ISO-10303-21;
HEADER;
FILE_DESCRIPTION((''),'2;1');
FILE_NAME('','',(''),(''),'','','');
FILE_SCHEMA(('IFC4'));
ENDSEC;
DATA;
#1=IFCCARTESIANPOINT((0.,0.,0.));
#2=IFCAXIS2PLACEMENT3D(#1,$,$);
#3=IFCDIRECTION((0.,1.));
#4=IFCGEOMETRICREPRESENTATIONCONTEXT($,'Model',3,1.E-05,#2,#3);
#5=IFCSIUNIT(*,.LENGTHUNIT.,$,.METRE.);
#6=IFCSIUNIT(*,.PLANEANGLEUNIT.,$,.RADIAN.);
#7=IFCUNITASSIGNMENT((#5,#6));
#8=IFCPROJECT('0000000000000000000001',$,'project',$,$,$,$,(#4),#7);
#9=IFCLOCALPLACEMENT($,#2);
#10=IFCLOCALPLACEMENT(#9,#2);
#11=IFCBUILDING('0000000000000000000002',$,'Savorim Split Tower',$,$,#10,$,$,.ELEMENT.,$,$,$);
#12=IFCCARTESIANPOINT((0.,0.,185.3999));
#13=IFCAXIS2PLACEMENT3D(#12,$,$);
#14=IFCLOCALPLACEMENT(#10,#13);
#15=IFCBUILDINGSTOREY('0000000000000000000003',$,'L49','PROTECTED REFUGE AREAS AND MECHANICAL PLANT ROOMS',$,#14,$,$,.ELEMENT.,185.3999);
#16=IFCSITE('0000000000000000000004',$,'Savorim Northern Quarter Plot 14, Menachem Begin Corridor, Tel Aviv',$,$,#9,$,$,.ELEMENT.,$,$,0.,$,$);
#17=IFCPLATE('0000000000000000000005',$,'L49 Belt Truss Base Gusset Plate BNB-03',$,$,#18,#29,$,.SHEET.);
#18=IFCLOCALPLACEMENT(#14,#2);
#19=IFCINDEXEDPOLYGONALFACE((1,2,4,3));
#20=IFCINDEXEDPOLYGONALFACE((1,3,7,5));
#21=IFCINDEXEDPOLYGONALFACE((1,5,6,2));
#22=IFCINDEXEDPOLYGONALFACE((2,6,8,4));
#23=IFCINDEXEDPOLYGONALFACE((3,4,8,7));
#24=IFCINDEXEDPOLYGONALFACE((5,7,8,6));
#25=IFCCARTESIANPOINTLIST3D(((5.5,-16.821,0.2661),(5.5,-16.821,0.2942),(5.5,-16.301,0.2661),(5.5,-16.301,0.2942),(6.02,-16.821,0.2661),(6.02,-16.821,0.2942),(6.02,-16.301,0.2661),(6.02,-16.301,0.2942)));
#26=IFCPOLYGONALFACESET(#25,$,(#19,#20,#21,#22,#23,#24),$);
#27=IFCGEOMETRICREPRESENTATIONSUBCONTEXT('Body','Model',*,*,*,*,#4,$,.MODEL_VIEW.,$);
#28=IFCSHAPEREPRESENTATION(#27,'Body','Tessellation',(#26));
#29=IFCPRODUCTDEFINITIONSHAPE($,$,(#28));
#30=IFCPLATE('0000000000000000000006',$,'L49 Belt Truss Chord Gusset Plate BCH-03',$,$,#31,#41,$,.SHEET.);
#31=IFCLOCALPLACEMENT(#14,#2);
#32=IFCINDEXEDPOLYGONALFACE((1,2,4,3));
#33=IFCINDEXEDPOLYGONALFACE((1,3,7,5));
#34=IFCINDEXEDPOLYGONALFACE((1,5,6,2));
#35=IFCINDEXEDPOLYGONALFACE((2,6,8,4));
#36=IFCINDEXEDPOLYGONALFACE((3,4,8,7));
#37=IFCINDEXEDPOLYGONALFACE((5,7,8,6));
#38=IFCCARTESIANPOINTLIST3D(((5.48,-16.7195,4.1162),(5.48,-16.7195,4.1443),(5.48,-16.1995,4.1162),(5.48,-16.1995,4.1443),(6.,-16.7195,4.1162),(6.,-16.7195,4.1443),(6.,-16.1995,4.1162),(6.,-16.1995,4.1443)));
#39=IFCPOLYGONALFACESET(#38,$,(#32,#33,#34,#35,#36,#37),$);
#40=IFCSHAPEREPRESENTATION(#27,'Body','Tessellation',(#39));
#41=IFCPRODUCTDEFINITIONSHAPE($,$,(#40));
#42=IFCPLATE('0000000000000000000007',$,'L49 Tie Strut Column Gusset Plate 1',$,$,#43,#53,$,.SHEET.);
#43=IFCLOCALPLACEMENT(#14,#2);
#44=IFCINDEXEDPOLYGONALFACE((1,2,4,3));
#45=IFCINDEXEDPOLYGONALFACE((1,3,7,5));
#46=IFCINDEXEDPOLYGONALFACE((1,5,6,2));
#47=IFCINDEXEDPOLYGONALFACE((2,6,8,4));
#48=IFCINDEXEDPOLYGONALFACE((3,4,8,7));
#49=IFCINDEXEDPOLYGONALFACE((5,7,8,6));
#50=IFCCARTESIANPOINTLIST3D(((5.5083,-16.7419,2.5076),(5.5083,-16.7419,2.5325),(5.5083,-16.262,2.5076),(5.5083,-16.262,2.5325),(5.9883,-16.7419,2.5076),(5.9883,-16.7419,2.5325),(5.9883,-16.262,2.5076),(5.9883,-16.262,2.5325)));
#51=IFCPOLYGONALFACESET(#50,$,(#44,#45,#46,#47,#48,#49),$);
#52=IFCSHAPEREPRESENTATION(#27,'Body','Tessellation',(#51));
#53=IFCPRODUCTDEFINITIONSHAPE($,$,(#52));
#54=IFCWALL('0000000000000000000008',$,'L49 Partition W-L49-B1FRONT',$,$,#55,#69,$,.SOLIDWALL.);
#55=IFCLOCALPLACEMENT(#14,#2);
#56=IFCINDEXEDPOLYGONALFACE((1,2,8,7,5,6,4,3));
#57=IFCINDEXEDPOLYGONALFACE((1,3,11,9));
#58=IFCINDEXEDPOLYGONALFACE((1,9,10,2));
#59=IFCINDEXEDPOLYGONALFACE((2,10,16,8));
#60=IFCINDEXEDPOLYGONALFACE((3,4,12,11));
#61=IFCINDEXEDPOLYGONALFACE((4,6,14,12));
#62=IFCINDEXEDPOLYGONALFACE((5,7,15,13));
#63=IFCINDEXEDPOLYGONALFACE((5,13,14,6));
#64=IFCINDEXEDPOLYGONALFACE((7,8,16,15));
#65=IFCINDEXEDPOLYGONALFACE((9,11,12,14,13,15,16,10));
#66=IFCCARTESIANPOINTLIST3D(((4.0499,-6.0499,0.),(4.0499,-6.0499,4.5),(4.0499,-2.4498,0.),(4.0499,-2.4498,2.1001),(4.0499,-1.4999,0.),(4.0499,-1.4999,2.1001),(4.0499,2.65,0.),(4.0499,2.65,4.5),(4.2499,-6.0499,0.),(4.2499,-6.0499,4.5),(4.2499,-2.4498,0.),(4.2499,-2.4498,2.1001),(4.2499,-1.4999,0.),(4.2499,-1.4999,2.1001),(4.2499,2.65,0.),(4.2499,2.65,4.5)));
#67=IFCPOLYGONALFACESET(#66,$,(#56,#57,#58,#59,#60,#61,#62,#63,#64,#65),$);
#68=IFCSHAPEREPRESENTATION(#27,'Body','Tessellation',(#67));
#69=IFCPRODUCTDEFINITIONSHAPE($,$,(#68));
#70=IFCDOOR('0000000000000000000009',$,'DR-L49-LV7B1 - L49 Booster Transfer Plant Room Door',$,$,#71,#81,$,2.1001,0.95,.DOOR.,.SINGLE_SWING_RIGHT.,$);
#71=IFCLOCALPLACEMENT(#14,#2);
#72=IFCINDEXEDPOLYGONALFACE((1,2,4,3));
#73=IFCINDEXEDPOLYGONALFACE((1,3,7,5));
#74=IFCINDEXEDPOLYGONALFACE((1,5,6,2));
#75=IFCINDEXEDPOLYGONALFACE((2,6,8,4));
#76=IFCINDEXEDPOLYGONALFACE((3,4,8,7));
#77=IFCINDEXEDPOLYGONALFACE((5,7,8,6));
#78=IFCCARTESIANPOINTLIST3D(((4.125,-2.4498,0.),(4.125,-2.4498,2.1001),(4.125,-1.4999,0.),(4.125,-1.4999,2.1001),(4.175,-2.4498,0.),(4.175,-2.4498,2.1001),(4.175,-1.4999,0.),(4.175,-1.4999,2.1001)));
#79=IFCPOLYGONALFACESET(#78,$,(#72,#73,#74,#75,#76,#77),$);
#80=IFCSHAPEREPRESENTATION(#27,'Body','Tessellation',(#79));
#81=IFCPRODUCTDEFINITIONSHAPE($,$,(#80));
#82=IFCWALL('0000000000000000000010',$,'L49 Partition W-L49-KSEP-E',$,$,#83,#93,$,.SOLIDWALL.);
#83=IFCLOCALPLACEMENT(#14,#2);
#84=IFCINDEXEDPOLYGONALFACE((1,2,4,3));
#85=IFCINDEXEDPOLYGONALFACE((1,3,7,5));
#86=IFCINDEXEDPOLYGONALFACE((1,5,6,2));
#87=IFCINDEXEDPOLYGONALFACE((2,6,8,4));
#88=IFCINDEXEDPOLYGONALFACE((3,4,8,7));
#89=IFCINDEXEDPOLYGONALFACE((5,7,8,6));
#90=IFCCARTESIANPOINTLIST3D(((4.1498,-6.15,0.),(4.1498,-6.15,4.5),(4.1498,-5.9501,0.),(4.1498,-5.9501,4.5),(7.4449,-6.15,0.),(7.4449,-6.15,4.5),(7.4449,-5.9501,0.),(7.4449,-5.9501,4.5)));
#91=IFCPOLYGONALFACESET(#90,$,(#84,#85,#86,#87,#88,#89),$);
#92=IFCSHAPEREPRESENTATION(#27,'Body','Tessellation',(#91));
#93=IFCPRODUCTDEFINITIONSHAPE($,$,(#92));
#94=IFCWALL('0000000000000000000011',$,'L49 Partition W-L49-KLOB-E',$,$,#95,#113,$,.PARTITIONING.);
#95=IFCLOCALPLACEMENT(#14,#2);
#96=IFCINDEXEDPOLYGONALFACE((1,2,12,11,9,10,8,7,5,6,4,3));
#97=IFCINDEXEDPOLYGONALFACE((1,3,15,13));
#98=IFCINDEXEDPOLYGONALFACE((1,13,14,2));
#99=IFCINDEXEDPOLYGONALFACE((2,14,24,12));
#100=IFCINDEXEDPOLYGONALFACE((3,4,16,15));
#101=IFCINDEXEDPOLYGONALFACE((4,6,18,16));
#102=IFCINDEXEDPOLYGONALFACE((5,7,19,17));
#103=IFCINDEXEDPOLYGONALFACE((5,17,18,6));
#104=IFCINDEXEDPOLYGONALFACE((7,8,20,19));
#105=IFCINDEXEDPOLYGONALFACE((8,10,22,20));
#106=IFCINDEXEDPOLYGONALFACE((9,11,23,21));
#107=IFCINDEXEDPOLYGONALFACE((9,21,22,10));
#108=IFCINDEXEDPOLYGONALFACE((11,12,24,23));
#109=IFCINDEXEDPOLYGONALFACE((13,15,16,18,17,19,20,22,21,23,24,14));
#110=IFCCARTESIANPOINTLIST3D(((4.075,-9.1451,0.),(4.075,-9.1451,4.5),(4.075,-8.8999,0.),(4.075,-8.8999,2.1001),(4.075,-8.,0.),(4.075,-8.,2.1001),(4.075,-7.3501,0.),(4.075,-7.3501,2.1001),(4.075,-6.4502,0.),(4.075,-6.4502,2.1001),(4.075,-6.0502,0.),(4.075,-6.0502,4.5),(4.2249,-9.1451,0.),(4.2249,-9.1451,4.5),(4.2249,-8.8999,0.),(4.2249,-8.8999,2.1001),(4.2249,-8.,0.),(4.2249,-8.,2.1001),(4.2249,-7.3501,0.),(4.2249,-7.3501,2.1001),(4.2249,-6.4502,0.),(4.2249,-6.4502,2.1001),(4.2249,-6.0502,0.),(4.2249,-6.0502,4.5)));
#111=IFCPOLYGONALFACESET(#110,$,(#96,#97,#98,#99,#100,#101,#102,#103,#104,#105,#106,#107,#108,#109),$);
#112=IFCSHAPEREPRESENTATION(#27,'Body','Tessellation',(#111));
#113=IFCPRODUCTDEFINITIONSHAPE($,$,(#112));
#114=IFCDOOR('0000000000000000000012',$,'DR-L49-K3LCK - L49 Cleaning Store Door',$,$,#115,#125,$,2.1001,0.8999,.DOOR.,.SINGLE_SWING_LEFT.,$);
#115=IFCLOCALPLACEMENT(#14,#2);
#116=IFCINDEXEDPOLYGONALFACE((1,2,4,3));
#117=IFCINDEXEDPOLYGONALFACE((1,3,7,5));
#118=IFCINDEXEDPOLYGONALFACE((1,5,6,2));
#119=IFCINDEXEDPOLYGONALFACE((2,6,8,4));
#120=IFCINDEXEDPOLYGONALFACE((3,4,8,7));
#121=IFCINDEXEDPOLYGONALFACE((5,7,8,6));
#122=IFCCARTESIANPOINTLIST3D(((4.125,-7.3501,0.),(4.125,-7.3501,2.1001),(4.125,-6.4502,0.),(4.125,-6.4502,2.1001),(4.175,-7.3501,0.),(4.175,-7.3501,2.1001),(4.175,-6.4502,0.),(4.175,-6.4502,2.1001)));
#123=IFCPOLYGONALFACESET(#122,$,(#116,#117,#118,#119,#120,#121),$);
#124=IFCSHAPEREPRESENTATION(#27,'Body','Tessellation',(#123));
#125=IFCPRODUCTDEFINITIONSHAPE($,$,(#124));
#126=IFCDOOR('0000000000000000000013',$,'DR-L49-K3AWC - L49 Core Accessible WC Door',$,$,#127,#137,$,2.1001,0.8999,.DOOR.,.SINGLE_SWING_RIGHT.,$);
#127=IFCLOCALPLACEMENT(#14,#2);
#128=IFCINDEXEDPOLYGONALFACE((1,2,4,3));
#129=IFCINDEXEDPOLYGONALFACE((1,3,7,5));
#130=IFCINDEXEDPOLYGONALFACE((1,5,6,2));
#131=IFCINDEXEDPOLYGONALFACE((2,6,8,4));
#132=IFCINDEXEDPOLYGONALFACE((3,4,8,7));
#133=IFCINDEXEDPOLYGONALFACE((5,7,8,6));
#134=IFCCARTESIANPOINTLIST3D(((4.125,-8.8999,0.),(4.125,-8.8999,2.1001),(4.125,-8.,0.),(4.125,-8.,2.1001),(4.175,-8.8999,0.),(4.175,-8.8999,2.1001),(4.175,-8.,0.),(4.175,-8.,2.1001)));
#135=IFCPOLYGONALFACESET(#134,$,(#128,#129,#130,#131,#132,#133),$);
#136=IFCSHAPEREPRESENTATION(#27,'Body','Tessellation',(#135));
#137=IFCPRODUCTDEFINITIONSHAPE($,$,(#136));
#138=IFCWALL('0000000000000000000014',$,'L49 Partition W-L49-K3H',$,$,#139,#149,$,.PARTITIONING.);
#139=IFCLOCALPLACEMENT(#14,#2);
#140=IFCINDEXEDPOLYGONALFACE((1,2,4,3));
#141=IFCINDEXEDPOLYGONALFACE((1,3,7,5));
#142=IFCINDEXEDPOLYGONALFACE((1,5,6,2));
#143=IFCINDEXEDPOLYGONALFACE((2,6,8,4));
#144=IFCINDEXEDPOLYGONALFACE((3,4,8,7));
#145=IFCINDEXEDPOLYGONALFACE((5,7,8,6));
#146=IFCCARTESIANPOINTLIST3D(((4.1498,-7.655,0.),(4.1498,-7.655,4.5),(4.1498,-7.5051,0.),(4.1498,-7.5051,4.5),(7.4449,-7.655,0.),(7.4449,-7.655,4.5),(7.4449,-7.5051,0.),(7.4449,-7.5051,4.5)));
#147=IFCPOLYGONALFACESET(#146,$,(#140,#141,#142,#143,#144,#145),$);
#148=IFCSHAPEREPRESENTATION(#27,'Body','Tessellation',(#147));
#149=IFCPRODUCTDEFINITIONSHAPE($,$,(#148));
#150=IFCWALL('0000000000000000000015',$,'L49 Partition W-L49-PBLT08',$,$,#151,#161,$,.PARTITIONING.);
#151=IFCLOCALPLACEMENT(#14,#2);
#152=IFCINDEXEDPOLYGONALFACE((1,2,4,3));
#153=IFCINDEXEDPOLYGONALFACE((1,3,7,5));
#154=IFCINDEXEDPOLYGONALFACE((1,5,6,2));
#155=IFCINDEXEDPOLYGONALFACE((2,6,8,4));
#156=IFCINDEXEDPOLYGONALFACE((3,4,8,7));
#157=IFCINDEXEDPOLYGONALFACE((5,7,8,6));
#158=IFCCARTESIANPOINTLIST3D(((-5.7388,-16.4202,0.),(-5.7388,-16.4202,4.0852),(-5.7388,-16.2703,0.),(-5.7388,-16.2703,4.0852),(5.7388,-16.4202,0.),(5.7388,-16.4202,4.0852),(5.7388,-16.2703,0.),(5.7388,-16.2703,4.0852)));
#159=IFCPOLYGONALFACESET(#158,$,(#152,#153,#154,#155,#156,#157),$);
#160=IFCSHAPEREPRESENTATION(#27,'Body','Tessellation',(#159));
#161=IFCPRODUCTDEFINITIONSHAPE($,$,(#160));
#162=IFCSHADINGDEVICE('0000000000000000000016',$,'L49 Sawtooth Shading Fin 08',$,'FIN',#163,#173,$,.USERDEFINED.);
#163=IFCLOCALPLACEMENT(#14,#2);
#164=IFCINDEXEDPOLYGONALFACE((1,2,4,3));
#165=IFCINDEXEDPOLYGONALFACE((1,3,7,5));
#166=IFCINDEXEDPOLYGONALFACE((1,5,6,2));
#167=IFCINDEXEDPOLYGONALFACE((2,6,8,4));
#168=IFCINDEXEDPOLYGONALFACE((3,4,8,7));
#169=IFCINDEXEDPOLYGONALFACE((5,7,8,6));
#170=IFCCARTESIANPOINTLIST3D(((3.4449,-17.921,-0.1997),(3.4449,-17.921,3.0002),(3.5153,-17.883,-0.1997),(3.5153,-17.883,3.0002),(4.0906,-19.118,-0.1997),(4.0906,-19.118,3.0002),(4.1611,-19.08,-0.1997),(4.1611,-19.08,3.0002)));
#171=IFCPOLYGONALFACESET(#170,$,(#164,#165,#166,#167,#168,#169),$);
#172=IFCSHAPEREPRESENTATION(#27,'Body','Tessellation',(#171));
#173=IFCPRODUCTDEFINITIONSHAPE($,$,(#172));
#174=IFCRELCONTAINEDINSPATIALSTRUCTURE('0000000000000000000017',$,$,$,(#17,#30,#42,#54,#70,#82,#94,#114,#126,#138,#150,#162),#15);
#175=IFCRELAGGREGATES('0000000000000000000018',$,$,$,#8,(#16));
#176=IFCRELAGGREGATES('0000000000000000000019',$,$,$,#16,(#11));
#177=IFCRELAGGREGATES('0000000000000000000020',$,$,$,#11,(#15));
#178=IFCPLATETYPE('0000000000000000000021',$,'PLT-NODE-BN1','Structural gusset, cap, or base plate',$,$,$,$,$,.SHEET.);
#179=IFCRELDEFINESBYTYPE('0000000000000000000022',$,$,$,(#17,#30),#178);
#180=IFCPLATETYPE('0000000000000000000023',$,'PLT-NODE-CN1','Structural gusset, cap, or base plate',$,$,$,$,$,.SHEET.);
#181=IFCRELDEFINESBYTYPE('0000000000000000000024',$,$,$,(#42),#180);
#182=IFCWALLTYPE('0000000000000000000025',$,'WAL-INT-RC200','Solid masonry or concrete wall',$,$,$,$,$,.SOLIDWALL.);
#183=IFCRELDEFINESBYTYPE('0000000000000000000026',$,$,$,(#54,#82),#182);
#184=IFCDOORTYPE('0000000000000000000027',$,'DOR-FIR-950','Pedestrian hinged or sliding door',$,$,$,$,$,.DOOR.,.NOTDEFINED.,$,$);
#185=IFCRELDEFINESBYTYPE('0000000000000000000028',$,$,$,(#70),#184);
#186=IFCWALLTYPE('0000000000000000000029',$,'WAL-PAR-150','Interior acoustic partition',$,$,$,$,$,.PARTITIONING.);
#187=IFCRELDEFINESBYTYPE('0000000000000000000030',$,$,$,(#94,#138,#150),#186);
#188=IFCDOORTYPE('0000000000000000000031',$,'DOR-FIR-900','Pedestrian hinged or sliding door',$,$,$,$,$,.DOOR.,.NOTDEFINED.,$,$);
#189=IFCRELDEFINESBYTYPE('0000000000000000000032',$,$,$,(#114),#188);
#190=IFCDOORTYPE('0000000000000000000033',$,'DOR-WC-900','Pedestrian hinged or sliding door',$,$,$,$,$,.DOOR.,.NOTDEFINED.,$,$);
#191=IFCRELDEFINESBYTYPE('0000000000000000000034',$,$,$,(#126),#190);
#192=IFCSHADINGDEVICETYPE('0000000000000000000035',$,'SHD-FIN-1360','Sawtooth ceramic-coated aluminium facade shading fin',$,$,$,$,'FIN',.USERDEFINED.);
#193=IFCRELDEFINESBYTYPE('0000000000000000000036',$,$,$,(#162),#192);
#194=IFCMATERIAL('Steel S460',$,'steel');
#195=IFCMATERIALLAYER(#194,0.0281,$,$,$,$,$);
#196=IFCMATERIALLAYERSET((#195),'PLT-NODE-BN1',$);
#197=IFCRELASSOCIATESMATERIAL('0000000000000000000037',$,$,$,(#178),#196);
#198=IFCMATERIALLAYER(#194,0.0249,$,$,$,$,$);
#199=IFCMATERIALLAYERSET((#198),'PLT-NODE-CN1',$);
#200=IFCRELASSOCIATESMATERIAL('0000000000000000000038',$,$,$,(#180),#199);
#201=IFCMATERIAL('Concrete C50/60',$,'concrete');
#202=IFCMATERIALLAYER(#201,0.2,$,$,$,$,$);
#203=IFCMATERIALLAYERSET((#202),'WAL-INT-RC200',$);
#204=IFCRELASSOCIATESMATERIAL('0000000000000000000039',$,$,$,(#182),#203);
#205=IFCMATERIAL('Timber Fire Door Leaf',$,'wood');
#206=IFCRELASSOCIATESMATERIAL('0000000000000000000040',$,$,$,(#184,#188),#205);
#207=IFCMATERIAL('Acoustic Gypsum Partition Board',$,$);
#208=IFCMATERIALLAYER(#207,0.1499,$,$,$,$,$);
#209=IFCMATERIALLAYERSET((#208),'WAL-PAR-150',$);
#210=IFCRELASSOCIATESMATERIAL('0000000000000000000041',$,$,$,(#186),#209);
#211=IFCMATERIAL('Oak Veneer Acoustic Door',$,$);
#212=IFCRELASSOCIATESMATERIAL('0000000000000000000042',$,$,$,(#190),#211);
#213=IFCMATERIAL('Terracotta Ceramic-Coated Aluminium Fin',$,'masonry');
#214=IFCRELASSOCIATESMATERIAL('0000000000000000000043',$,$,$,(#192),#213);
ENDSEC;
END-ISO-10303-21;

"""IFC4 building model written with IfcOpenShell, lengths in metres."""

from ifc_helpers import new_model, si_unit, direction, frame, frame_2d, origin, origin_2d, place, context, subcontext, project, spatial, rectangle, extrude, material, layer, layer_set, type_object, element, fill, save


model = new_model("IFC4")

# Units and contexts
model_context = context("Model", 3, precision=1e-05, world=origin(), true_north=direction((0.0, 1.0)))
body_context = subcontext(model_context, "Body", "Model", "MODEL_VIEW")
ifc_project = project(units=[si_unit("LENGTHUNIT", "METRE"), si_unit("PLANEANGLEUNIT", "RADIAN")], contexts=[model_context])

# Site, building, storey
site_placement = place(None, origin())
site = spatial("IfcSite", under=ifc_project, at=site_placement, Name="Savorim Northern Quarter Plot 14, Menachem Begin Corridor, Tel Aviv", CompositionType="ELEMENT", RefElevation=0.0)
building_placement = place(site_placement, origin())
building = spatial("IfcBuilding", under=site, at=building_placement, Name="Savorim Split Tower", CompositionType="ELEMENT")
storey_placement = place(building_placement, frame((0.0, 0.0, 185.3999)))
storey = spatial("IfcBuildingStorey", under=building, at=storey_placement, Name="L49", Description="PROTECTED REFUGE AREAS AND MECHANICAL PLANT ROOMS", CompositionType="ELEMENT", Elevation=185.3999)

# Shared definitions
ifc_material_1 = material(Name="Steel S460", Category="steel")

# Plates
ifc_layer_1 = layer(ifc_material_1, 0.0281)
ifc_layer_set_1 = layer_set([ifc_layer_1], Name="PLT-NODE-BN1")
plate_type_1 = type_object("IfcPlateType", Name="PLT-NODE-BN1", Description="Structural gusset, cap, or base plate", PredefinedType="SHEET", material=ifc_layer_set_1)
for number, where, z_axis, x_axis, name in (
    (1, (5.76, -16.561, 0.2661), (0.0, 0.0, 1.0), (1.0, 0.0, 0.0), "L49 Belt Truss Base Gusset Plate BNB-03"),
    (2, (5.74, -16.4595, 4.1162), (0.0, 0.0, 1.0), (1.0, 0.0, 0.0), "L49 Belt Truss Chord Gusset Plate BCH-03"),
):
    element("IfcPlate", number, at=place(storey_placement, frame(where, z_axis=z_axis, x_axis=x_axis)), inside=storey, type_object=plate_type_1, Name=name, PredefinedType="SHEET", context=body_context, shape_type="SweptSolid", body=[
        extrude(rectangle(XDim=0.52, YDim=0.52, at=origin_2d()), origin(), (0.0, 0.0, 1.0), 0.0281),
    ])
ifc_layer_2 = layer(ifc_material_1, 0.0249)
ifc_layer_set_2 = layer_set([ifc_layer_2], Name="PLT-NODE-CN1")
plate_type_2 = type_object("IfcPlateType", Name="PLT-NODE-CN1", Description="Structural gusset, cap, or base plate", PredefinedType="SHEET", material=ifc_layer_set_2)
plate_1_placement = place(storey_placement, frame((5.7483, -16.502, 2.5076), z_axis=(0.0, 0.0, 1.0), x_axis=(1.0, 0.0, 0.0)))
element("IfcPlate", 3, at=plate_1_placement, inside=storey, type_object=plate_type_2, Name="L49 Tie Strut Column Gusset Plate 1", PredefinedType="SHEET", context=body_context, shape_type="SweptSolid", body=[
    extrude(rectangle(XDim=0.48, YDim=0.48, at=origin_2d()), origin(), (0.0, 0.0, 1.0), 0.0249),
])

# Wall, opening, door
ifc_material_2 = material(Name="Concrete C50/60", Category="concrete")
ifc_layer_3 = layer(ifc_material_2, 0.2)
ifc_layer_set_3 = layer_set([ifc_layer_3], Name="WAL-INT-RC200")
wall_type_1 = type_object("IfcWallType", Name="WAL-INT-RC200", Description="Solid masonry or concrete wall", PredefinedType="SOLIDWALL", material=ifc_layer_set_3)
wall_1_placement = place(storey_placement, frame((4.1499, -6.05, 0.0), z_axis=(0.0, 0.0, 1.0), x_axis=(0.0, 1.0, 0.0)))
wall_1 = element("IfcWall", 4, at=wall_1_placement, inside=storey, type_object=wall_type_1, Name="L49 Partition W-L49-B1FRONT", PredefinedType="SOLIDWALL", context=body_context, shape_type="SweptSolid", body=[
    extrude(rectangle(XDim=8.7, YDim=0.2, at=frame_2d((4.3501, 0.0))), origin(), (0.0, 0.0, 1.0), 4.5),
])
opening_1_placement = place(wall_1_placement, frame((3.6001, 0.0, 0.0)))
opening_1 = element("IfcOpeningElement", 5, at=opening_1_placement, cuts=wall_1, PredefinedType="OPENING", context=body_context, shape_type="SweptSolid", body=[
    extrude(rectangle(XDim=0.95, YDim=2.1001, at=frame_2d((0.4751, 1.05))), frame((0.0, 0.1099, 0.0), z_axis=(0.0, -1.0, 0.0), x_axis=(1.0, 0.0, 0.0)), (0.0, 0.0, 1.0), 0.22),
])
ifc_material_3 = material(Name="Timber Fire Door Leaf", Category="wood")
door_type_1 = type_object("IfcDoorType", Name="DOR-FIR-950", Description="Pedestrian hinged or sliding door", OperationType="NOTDEFINED", PredefinedType="DOOR", material=ifc_material_3)
door_1_placement = place(opening_1_placement, origin())
door_1 = element("IfcDoor", 6, at=door_1_placement, inside=storey, type_object=door_type_1, Name="DR-L49-LV7B1 - L49 Booster Transfer Plant Room Door", OperationType="SINGLE_SWING_RIGHT", OverallHeight=2.1001, OverallWidth=0.95, PredefinedType="DOOR", context=body_context, shape_type="SweptSolid", body=[
    extrude(rectangle(XDim=0.95, YDim=2.1001, at=frame_2d((0.4751, 1.05))), frame((0.0, 0.0249, 0.0), z_axis=(0.0, -1.0, 0.0), x_axis=(1.0, 0.0, 0.0)), (0.0, 0.0, 1.0), 0.05),
])
fill(opening_1, door_1)

# Wall
wall_2_placement = place(storey_placement, frame((4.1499, -6.05, 0.0), z_axis=(0.0, 0.0, 1.0), x_axis=(1.0, 0.0, 0.0)))
element("IfcWall", 7, at=wall_2_placement, inside=storey, type_object=wall_type_1, Name="L49 Partition W-L49-KSEP-E", PredefinedType="SOLIDWALL", context=body_context, shape_type="SweptSolid", body=[
    extrude(rectangle(XDim=3.2952, YDim=0.2, at=frame_2d((1.6475, 0.0))), origin(), (0.0, 0.0, 1.0), 4.5),
])

# Wall, openings, doors
ifc_material_4 = material(Name="Acoustic Gypsum Partition Board")
ifc_layer_4 = layer(ifc_material_4, 0.1499)
ifc_layer_set_4 = layer_set([ifc_layer_4], Name="WAL-PAR-150")
wall_type_2 = type_object("IfcWallType", Name="WAL-PAR-150", Description="Interior acoustic partition", PredefinedType="PARTITIONING", material=ifc_layer_set_4)
wall_3_placement = place(storey_placement, frame((4.1499, -9.145, 0.0), z_axis=(0.0, 0.0, 1.0), x_axis=(0.0, 1.0, 0.0)))
wall_3 = element("IfcWall", 8, at=wall_3_placement, inside=storey, type_object=wall_type_2, Name="L49 Partition W-L49-KLOB-E", PredefinedType="PARTITIONING", context=body_context, shape_type="SweptSolid", body=[
    extrude(rectangle(XDim=3.095, YDim=0.1499, at=frame_2d((1.5474, 0.0))), origin(), (0.0, 0.0, 1.0), 4.5),
])
opening_2_placement = place(wall_3_placement, frame((0.2451, 0.0, 0.0)))
opening_2 = element("IfcOpeningElement", 9, at=opening_2_placement, cuts=wall_3, PredefinedType="OPENING", context=body_context, shape_type="SweptSolid", body=[
    extrude(rectangle(XDim=0.8999, YDim=2.1001, at=frame_2d((0.45, 1.05))), frame((0.0, 0.085, 0.0), z_axis=(0.0, -1.0, 0.0), x_axis=(1.0, 0.0, 0.0)), (0.0, 0.0, 1.0), 0.1699),
])
opening_3_placement = place(wall_3_placement, frame((1.7949, 0.0, 0.0)))
opening_3 = element("IfcOpeningElement", 10, at=opening_3_placement, cuts=wall_3, PredefinedType="OPENING", context=body_context, shape_type="SweptSolid", body=[
    extrude(rectangle(XDim=0.8999, YDim=2.1001, at=frame_2d((0.45, 1.05))), frame((0.0, 0.085, 0.0), z_axis=(0.0, -1.0, 0.0), x_axis=(1.0, 0.0, 0.0)), (0.0, 0.0, 1.0), 0.1699),
])
door_type_2 = type_object("IfcDoorType", Name="DOR-FIR-900", Description="Pedestrian hinged or sliding door", OperationType="NOTDEFINED", PredefinedType="DOOR", material=ifc_material_3)
door_2_placement = place(opening_3_placement, origin())
door_2 = element("IfcDoor", 11, at=door_2_placement, inside=storey, type_object=door_type_2, Name="DR-L49-K3LCK - L49 Cleaning Store Door", OperationType="SINGLE_SWING_LEFT", OverallHeight=2.1001, OverallWidth=0.8999, PredefinedType="DOOR", context=body_context, shape_type="SweptSolid", body=[
    extrude(rectangle(XDim=0.8999, YDim=2.1001, at=frame_2d((0.45, 1.05))), frame((0.0, 0.0249, 0.0), z_axis=(0.0, -1.0, 0.0), x_axis=(1.0, 0.0, 0.0)), (0.0, 0.0, 1.0), 0.05),
])
fill(opening_3, door_2)
ifc_material_5 = material(Name="Oak Veneer Acoustic Door")
door_type_3 = type_object("IfcDoorType", Name="DOR-WC-900", Description="Pedestrian hinged or sliding door", OperationType="NOTDEFINED", PredefinedType="DOOR", material=ifc_material_5)
door_3_placement = place(opening_2_placement, origin())
door_3 = element("IfcDoor", 12, at=door_3_placement, inside=storey, type_object=door_type_3, Name="DR-L49-K3AWC - L49 Core Accessible WC Door", OperationType="SINGLE_SWING_RIGHT", OverallHeight=2.1001, OverallWidth=0.8999, PredefinedType="DOOR", context=body_context, shape_type="SweptSolid", body=[
    extrude(rectangle(XDim=0.8999, YDim=2.1001, at=frame_2d((0.45, 1.05))), frame((0.0, 0.0249, 0.0), z_axis=(0.0, -1.0, 0.0), x_axis=(1.0, 0.0, 0.0)), (0.0, 0.0, 1.0), 0.05),
])
fill(opening_2, door_3)

# Walls
wall_4_placement = place(storey_placement, frame((4.1499, -7.5801, 0.0), z_axis=(0.0, 0.0, 1.0), x_axis=(1.0, 0.0, 0.0)))
element("IfcWall", 13, at=wall_4_placement, inside=storey, type_object=wall_type_2, Name="L49 Partition W-L49-K3H", PredefinedType="PARTITIONING", context=body_context, shape_type="SweptSolid", body=[
    extrude(rectangle(XDim=3.2952, YDim=0.1499, at=frame_2d((1.6475, 0.0))), origin(), (0.0, 0.0, 1.0), 4.5),
])
wall_5_placement = place(storey_placement, frame((5.7388, -16.3452, 0.0), z_axis=(0.0, 0.0, 1.0), x_axis=(-1.0, 0.0, 0.0)))
element("IfcWall", 14, at=wall_5_placement, inside=storey, type_object=wall_type_2, Name="L49 Partition W-L49-PBLT08", PredefinedType="PARTITIONING", context=body_context, shape_type="SweptSolid", body=[
    extrude(rectangle(XDim=11.4775, YDim=0.1499, at=frame_2d((5.7388, 0.0))), origin(), (0.0, 0.0, 1.0), 4.0852),
])

# Shading device
ifc_material_6 = material(Name="Terracotta Ceramic-Coated Aluminium Fin", Category="masonry")
shading_device_type = type_object("IfcShadingDeviceType", Name="SHD-FIN-1360", Description="Sawtooth ceramic-coated aluminium facade shading fin", ElementType="FIN", PredefinedType="USERDEFINED", material=ifc_material_6)
shading_device_placement = place(storey_placement, frame((3.803, -18.5005, -0.1997), z_axis=(0.0, 0.0, 1.0), x_axis=(0.474778, -0.880106, 0.0)))
element("IfcShadingDevice", 15, at=shading_device_placement, inside=storey, type_object=shading_device_type, Name="L49 Sawtooth Shading Fin 08", ObjectType="FIN", PredefinedType="USERDEFINED", context=body_context, shape_type="SweptSolid", body=[
    extrude(rectangle(XDim=1.3601, YDim=0.0801, at=origin_2d()), origin(), (0.0, 0.0, 1.0), 3.2),
])

save(model, "model.ifc")
